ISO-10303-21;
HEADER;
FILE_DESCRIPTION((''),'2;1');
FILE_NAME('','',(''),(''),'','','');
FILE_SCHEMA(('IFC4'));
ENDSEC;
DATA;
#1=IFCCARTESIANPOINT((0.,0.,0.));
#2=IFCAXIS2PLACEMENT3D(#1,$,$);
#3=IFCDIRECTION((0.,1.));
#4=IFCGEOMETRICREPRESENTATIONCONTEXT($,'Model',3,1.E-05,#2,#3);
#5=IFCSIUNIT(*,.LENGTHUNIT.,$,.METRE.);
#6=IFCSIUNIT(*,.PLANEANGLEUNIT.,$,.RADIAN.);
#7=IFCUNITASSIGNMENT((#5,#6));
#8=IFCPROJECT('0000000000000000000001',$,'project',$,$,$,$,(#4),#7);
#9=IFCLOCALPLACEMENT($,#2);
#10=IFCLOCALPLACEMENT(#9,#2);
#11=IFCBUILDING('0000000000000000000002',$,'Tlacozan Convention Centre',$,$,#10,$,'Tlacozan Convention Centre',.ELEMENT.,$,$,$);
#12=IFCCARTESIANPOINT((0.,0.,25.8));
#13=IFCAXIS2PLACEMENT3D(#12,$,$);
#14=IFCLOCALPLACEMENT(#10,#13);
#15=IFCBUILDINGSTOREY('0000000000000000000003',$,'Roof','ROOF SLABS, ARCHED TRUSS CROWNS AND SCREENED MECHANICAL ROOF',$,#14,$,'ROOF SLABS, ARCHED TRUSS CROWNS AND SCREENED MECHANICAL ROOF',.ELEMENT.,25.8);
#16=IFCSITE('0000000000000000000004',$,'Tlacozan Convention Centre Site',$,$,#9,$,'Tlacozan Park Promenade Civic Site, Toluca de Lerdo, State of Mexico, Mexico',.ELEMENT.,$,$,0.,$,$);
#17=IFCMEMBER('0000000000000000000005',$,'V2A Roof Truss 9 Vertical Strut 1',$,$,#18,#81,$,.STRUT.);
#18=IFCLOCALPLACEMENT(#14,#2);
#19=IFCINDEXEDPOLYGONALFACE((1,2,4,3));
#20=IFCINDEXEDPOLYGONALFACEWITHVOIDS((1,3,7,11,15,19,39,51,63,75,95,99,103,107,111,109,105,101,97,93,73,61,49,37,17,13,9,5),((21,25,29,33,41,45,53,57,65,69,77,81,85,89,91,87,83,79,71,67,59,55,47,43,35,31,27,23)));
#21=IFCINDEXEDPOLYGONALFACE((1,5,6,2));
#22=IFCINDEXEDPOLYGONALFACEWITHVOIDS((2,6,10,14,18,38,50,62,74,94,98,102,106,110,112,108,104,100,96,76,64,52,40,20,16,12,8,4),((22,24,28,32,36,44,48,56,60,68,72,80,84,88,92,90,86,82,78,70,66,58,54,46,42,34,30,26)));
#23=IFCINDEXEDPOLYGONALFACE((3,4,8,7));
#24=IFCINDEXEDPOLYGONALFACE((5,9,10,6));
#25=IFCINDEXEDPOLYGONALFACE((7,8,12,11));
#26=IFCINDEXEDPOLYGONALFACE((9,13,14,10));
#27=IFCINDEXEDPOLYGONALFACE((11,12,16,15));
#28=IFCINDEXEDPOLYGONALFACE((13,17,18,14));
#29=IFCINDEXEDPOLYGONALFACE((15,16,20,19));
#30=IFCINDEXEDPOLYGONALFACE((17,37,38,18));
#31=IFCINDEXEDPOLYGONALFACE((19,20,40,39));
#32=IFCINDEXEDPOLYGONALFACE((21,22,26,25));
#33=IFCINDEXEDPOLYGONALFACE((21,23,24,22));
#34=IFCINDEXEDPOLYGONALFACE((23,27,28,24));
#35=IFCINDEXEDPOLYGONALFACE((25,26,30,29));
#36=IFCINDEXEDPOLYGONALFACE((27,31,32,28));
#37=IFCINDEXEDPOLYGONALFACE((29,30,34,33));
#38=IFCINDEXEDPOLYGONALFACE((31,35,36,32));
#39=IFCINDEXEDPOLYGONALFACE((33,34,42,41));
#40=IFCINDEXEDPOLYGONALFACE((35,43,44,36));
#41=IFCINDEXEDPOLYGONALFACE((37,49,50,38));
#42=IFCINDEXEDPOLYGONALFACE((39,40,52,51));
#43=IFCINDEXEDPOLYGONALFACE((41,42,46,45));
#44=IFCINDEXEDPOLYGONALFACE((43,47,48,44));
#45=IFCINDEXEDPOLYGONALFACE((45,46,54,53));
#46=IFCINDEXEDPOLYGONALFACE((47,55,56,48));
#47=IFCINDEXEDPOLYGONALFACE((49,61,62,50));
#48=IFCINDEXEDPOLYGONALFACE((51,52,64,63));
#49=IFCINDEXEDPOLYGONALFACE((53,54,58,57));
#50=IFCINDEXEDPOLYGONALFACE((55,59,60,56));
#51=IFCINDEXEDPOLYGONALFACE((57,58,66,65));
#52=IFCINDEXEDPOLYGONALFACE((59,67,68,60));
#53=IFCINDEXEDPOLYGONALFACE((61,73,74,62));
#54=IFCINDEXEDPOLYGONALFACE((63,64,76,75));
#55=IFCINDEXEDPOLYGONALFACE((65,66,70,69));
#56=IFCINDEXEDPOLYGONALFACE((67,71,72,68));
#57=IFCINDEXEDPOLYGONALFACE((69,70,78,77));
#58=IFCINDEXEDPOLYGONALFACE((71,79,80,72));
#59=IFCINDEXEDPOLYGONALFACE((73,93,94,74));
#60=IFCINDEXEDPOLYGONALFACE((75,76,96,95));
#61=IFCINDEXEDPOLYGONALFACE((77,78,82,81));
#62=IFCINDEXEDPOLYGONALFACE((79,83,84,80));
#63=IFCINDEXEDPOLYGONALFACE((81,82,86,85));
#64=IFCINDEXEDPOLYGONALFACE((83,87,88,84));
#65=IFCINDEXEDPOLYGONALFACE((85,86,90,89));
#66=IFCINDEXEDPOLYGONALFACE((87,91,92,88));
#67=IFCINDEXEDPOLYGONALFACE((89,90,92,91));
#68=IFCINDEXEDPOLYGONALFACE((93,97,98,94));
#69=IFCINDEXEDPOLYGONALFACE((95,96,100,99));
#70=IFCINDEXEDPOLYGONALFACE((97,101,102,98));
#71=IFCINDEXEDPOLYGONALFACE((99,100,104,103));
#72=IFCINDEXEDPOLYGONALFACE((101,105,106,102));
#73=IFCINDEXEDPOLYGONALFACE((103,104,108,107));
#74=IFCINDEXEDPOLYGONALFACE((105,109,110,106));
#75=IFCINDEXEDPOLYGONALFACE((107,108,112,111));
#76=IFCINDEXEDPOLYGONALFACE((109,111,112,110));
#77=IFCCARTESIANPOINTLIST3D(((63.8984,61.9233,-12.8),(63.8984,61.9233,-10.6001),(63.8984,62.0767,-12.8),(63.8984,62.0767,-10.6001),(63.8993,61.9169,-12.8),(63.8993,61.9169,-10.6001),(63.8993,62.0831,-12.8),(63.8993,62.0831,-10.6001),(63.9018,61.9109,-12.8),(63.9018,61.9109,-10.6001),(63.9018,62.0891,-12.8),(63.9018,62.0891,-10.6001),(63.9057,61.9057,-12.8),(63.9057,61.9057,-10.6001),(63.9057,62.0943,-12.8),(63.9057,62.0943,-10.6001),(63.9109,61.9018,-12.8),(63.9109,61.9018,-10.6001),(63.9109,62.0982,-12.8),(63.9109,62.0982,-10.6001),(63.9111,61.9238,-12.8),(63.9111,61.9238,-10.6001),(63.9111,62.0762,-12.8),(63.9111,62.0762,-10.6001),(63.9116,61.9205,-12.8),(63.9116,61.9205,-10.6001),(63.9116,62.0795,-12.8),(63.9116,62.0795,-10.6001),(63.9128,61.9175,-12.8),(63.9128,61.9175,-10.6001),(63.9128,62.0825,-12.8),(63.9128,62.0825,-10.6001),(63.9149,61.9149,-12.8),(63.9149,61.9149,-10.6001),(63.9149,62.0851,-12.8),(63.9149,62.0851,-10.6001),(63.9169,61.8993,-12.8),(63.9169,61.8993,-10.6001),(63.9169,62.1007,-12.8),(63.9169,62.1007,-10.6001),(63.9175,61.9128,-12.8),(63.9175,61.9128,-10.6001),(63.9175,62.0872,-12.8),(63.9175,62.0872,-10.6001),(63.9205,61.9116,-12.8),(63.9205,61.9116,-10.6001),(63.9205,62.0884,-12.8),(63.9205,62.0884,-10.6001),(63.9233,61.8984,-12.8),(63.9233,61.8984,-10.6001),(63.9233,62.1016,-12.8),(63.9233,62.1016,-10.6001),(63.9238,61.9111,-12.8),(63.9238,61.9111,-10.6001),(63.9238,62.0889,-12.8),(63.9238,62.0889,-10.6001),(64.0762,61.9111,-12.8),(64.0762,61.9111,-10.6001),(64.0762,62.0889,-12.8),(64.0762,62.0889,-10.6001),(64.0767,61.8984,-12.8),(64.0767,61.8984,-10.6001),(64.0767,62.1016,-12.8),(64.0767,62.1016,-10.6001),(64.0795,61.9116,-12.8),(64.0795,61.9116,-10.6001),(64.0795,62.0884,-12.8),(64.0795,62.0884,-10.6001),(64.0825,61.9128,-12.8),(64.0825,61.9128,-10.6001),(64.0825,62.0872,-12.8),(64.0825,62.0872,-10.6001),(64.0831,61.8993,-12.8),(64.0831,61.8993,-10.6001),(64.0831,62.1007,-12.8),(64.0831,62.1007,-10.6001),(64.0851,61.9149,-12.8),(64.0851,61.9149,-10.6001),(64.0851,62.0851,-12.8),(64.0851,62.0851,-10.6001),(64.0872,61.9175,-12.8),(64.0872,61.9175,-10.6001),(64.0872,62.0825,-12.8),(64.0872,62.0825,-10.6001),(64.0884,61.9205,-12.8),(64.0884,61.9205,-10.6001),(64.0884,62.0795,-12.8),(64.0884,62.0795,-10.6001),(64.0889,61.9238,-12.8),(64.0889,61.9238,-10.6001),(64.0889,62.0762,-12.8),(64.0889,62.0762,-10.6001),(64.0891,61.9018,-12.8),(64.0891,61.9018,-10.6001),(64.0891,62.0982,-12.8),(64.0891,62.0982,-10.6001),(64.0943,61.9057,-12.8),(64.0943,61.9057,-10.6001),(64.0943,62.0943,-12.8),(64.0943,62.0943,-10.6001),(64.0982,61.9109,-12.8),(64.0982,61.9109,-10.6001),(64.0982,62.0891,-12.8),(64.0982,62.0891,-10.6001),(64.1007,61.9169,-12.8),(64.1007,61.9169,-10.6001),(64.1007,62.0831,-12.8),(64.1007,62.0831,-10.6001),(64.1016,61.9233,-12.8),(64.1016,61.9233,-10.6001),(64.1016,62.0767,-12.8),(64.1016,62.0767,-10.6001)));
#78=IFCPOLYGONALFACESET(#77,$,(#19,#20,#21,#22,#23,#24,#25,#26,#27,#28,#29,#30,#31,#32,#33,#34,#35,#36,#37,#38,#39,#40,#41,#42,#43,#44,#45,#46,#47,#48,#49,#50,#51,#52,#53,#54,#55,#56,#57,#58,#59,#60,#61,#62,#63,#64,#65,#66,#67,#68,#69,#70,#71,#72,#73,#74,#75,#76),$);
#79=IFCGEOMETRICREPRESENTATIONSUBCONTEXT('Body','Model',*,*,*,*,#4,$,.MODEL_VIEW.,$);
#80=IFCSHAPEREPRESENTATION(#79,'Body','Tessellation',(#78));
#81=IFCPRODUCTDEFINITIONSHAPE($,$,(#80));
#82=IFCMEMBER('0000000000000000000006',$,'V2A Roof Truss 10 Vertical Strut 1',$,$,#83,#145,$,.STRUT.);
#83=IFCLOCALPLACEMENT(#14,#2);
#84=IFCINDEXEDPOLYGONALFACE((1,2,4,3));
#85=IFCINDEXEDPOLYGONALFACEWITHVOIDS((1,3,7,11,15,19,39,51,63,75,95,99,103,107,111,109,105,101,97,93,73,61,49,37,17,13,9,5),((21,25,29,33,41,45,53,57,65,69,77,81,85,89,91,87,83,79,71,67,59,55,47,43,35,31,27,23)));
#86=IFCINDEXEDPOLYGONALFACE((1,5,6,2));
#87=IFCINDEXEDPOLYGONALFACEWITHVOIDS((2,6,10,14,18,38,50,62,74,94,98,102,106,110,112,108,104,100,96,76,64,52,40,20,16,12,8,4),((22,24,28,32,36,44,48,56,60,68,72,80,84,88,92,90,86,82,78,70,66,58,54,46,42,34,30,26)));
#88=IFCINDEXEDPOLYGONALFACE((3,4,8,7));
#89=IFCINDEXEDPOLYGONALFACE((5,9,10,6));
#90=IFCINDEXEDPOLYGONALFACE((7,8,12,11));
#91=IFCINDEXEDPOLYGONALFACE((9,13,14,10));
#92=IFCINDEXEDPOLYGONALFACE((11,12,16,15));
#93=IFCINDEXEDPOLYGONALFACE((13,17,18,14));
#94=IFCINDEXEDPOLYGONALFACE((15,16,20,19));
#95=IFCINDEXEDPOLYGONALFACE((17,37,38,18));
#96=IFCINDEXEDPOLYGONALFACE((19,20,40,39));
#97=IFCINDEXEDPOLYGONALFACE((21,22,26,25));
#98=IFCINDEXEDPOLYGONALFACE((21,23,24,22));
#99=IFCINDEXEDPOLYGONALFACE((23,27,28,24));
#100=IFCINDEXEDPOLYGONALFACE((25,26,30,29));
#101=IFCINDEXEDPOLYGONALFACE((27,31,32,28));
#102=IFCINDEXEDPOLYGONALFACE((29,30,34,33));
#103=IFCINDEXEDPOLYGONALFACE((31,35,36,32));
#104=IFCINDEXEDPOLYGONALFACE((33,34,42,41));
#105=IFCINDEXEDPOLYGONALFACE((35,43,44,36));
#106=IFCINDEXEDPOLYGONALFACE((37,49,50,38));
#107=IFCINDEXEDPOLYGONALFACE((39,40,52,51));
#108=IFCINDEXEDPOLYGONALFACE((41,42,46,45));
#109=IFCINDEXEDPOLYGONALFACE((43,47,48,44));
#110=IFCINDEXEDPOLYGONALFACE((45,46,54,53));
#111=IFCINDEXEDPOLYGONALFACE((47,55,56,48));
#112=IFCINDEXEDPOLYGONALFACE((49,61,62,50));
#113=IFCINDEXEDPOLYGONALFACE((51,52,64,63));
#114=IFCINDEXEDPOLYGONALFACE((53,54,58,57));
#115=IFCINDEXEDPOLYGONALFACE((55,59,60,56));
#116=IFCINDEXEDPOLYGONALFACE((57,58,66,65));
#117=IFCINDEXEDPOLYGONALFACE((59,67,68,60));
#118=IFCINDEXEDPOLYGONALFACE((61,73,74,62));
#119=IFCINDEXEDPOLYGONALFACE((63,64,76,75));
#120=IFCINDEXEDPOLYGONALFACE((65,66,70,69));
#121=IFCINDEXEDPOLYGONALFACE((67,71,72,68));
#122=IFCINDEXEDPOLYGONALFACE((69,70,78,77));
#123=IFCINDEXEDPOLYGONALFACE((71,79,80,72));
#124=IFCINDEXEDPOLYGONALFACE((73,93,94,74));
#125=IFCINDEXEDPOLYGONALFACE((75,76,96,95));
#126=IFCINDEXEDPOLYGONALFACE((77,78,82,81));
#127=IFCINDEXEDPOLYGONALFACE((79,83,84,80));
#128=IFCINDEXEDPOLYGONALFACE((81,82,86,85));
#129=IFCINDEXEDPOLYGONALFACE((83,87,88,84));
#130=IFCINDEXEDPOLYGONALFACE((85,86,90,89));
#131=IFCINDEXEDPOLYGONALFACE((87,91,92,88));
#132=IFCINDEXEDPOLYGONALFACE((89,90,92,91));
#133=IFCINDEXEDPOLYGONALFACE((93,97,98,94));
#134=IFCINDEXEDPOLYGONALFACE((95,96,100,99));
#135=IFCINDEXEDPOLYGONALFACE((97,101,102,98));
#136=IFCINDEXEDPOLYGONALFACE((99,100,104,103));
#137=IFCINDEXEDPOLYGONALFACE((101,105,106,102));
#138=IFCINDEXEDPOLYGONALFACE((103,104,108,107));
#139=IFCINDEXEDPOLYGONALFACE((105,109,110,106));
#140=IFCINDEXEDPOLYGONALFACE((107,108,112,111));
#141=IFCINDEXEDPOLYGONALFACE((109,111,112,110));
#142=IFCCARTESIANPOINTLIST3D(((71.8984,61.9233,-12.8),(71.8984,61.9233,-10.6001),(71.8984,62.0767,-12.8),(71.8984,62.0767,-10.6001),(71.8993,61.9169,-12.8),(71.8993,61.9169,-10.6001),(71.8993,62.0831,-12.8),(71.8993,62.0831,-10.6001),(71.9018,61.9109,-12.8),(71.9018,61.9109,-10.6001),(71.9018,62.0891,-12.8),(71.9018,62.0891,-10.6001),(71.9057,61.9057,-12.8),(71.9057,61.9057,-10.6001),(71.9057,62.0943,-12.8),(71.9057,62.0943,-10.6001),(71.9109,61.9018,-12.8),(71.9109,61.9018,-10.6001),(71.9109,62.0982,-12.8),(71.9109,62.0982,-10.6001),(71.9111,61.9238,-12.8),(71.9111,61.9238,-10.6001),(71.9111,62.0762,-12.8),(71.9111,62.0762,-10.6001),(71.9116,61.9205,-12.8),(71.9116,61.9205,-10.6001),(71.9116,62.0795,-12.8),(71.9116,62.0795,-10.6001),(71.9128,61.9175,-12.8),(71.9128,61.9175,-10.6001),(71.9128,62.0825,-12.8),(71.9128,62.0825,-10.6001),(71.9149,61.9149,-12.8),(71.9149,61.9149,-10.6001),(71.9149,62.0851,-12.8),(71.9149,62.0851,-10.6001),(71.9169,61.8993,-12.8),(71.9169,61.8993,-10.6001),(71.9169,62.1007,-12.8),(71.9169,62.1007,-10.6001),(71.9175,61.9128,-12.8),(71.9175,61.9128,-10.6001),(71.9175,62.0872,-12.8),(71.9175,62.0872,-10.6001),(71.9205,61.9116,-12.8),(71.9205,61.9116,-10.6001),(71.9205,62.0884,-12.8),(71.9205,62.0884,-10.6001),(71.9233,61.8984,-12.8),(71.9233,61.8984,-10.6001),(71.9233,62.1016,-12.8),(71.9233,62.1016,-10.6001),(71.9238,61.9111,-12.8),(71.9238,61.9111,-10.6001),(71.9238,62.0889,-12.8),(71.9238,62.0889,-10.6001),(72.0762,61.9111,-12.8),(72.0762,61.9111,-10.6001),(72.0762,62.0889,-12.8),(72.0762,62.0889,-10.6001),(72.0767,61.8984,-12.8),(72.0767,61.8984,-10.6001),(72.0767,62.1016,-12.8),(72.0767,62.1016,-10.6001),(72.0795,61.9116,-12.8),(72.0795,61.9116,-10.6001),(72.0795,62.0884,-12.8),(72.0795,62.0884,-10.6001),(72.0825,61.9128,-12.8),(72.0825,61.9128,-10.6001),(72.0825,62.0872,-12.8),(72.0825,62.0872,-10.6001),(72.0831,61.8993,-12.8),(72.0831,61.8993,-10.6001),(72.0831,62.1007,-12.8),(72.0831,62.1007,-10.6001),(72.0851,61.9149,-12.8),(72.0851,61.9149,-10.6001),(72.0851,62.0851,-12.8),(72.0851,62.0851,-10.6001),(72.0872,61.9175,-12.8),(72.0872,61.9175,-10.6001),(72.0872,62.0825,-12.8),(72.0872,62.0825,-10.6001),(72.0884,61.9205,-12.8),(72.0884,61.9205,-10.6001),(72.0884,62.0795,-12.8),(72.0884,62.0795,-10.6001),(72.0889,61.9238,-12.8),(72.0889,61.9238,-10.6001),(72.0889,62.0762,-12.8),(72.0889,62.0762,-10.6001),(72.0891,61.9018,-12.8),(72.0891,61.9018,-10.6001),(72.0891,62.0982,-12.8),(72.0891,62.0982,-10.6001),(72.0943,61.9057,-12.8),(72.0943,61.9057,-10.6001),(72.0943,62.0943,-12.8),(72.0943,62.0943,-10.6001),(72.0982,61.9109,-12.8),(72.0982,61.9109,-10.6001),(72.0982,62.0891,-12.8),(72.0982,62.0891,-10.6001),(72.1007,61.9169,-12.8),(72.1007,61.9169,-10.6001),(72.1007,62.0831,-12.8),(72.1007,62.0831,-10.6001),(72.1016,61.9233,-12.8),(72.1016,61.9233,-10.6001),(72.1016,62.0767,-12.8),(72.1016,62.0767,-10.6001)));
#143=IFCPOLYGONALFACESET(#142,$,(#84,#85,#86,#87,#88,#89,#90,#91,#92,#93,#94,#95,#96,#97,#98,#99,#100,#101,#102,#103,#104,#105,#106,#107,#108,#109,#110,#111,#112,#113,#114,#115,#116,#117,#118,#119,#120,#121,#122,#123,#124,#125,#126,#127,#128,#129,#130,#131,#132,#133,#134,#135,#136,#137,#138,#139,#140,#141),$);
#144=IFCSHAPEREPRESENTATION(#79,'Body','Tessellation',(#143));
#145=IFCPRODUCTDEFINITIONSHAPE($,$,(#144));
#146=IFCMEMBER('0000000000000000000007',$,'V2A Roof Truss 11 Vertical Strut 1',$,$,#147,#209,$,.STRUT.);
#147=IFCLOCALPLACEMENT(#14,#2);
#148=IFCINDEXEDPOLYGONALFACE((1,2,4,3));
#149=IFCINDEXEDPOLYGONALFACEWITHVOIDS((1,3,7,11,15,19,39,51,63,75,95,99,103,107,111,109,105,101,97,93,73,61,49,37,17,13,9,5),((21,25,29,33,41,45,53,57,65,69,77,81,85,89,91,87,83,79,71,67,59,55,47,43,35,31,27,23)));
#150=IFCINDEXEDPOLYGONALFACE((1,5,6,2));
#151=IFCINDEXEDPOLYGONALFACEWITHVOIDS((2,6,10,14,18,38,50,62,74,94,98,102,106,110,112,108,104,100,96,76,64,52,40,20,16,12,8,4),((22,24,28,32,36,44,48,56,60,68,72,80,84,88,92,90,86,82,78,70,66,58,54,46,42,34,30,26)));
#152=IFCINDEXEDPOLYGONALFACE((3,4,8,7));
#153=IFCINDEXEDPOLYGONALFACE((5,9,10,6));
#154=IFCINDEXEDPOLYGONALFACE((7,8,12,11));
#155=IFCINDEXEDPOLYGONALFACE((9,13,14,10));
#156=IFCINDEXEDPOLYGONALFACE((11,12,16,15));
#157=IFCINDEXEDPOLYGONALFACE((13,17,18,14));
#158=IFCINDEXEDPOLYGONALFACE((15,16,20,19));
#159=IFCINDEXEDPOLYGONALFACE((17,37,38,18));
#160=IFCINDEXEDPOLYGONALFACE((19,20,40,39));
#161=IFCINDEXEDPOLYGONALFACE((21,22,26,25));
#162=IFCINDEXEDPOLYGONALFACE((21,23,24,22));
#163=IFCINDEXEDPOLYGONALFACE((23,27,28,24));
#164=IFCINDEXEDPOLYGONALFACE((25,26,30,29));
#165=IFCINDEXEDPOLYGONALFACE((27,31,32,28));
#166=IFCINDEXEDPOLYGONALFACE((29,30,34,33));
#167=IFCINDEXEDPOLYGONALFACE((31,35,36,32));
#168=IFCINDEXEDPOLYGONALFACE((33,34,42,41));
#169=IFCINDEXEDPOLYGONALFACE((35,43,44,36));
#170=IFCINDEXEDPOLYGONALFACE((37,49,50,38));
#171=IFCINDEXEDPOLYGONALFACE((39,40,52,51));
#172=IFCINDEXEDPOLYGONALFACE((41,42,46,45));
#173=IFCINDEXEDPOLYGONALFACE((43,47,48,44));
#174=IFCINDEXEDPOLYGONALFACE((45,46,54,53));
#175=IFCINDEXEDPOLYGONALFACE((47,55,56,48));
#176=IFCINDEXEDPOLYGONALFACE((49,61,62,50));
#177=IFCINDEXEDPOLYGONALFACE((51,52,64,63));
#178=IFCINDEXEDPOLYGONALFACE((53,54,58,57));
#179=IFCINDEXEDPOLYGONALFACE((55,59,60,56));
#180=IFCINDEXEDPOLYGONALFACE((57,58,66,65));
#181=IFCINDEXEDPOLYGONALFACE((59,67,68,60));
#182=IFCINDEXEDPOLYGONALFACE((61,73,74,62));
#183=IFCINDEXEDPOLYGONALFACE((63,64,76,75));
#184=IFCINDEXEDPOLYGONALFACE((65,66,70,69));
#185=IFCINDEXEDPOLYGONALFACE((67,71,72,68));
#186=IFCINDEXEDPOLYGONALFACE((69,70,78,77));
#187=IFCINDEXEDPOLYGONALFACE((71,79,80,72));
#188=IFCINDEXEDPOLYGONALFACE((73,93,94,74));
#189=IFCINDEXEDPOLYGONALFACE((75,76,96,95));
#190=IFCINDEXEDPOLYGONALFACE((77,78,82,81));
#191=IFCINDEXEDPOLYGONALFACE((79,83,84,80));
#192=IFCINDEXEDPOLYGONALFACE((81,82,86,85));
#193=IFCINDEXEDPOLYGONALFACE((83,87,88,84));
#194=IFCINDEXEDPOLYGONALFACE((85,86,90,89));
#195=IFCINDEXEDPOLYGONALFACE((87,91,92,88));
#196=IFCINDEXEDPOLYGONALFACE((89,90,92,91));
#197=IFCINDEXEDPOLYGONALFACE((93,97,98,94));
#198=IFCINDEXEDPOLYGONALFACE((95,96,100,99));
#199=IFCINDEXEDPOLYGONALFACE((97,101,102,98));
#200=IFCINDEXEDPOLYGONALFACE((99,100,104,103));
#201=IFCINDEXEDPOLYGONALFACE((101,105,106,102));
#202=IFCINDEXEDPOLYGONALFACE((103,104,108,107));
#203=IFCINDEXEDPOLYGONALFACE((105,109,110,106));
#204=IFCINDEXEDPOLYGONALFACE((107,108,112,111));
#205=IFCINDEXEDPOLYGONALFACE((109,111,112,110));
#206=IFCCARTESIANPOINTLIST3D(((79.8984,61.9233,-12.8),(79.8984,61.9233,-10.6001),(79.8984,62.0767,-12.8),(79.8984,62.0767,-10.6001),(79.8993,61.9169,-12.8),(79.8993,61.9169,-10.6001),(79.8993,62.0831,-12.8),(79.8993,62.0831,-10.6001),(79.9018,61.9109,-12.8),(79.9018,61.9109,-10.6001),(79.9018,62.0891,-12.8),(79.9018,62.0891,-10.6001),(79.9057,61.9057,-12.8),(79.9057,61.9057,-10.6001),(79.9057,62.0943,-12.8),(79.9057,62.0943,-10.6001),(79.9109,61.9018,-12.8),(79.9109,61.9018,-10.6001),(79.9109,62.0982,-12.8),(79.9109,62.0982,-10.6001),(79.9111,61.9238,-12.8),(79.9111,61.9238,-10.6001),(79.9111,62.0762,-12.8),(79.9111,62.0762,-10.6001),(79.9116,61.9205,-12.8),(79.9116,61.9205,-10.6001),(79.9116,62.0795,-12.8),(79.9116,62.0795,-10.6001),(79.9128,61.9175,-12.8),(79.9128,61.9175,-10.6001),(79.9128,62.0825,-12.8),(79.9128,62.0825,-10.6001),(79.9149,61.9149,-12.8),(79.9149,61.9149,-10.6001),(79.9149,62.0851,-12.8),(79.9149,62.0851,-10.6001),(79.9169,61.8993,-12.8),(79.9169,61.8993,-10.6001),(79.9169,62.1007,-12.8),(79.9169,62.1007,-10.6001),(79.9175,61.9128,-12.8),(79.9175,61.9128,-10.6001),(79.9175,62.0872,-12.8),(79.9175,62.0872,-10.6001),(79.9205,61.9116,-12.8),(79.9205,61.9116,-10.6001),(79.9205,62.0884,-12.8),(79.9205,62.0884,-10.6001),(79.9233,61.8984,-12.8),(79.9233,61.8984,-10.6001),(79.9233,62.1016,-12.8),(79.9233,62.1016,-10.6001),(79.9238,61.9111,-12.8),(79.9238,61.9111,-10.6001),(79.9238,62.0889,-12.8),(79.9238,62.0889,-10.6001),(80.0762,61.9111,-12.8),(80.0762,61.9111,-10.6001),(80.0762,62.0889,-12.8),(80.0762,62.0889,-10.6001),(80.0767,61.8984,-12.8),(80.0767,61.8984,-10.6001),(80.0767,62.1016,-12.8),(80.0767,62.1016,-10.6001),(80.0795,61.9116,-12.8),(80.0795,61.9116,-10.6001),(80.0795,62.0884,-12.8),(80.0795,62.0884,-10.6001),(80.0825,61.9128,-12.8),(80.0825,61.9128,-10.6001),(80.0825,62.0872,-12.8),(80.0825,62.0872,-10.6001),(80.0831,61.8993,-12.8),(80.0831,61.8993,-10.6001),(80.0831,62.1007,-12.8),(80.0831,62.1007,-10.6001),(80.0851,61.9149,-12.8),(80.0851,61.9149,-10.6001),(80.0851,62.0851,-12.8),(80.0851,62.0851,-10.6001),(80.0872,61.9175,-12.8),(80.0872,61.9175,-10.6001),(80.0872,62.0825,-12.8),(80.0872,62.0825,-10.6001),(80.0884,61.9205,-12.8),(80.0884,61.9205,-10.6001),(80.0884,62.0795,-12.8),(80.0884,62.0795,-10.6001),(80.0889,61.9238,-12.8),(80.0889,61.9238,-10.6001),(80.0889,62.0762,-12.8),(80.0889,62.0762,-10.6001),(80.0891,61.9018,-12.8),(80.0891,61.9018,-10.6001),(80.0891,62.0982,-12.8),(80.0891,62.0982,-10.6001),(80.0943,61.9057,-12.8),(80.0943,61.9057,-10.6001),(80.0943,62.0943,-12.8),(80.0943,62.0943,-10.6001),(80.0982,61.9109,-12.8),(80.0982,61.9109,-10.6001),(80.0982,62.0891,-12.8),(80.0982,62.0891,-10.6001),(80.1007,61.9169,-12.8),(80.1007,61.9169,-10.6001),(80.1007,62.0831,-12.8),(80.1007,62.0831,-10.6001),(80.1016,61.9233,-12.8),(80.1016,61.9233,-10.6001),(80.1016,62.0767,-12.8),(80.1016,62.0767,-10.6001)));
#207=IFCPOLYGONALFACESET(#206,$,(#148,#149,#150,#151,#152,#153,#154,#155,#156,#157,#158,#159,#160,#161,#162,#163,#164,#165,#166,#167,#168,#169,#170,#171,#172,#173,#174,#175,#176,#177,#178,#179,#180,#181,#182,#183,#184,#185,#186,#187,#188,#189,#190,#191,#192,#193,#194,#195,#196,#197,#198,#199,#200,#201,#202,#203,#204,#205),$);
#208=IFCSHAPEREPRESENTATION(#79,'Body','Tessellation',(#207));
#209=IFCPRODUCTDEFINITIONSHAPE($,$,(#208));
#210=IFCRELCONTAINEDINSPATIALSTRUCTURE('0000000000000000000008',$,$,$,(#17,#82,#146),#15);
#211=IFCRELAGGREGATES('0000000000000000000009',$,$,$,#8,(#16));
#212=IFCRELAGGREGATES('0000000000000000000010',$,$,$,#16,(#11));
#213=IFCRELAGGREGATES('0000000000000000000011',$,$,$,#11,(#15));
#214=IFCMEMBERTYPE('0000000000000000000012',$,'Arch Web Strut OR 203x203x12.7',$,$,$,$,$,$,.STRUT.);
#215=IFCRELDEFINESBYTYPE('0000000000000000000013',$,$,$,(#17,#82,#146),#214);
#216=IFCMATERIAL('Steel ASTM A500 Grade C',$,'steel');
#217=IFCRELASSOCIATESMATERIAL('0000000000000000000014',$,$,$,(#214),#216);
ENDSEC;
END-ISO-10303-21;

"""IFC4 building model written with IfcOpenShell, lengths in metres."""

from ifc_helpers import new_model, si_unit, direction, frame, origin, origin_2d, place, context, subcontext, project, spatial, hollow_rectangle, extrude, material, material_profile, profile_set, type_object, element, save


model = new_model("IFC4")

# Units and contexts
model_context = context("Model", 3, precision=1e-05, world=origin(), true_north=direction((0.0, 1.0)))
body_context = subcontext(model_context, "Body", "Model", "MODEL_VIEW")
ifc_project = project(units=[si_unit("LENGTHUNIT", "METRE"), si_unit("PLANEANGLEUNIT", "RADIAN")], contexts=[model_context])

# Site, building, storey
site_placement = place(None, origin())
site = spatial("IfcSite", under=ifc_project, at=site_placement, Name="Tlacozan Convention Centre Site", LongName="Tlacozan Park Promenade Civic Site, Toluca de Lerdo, State of Mexico, Mexico", CompositionType="ELEMENT", RefElevation=0.0)
building_placement = place(site_placement, origin())
building = spatial("IfcBuilding", under=site, at=building_placement, Name="Tlacozan Convention Centre", LongName="Tlacozan Convention Centre", CompositionType="ELEMENT")
storey_placement = place(building_placement, frame((0.0, 0.0, 25.8)))
storey = spatial("IfcBuildingStorey", under=building, at=storey_placement, Name="Roof", Description="ROOF SLABS, ARCHED TRUSS CROWNS AND SCREENED MECHANICAL ROOF", LongName="ROOF SLABS, ARCHED TRUSS CROWNS AND SCREENED MECHANICAL ROOF", CompositionType="ELEMENT", Elevation=25.8)

# Members
ifc_material_1 = material(Name="Steel ASTM A500 Grade C", Category="steel")
ifc_material_profile_1 = material_profile(ifc_material_1, hollow_rectangle(XDim=0.2031, YDim=0.2031, WallThickness=0.0127, InnerFilletRadius=0.0127, OuterFilletRadius=0.0249, at=origin_2d()), Name="OR 203x203x12.7")
ifc_profile_set_1 = profile_set([ifc_material_profile_1], Name="Steel ASTM A500 Grade C")
member_type_1 = type_object("IfcMemberType", Name="Arch Web Strut OR 203x203x12.7", PredefinedType="STRUT", material=ifc_profile_set_1)
for number, where, z_axis, x_axis, name in (
    (1, (64.0, 62.0, -12.8), (0.0, 0.0, 1.0), (1.0, 0.0, 0.0), "V2A Roof Truss 9 Vertical Strut 1"),
    (2, (72.0, 62.0, -12.8), (0.0, 0.0, 1.0), (1.0, 0.0, 0.0), "V2A Roof Truss 10 Vertical Strut 1"),
    (3, (80.0, 62.0, -12.8), (0.0, 0.0, 1.0), (1.0, 0.0, 0.0), "V2A Roof Truss 11 Vertical Strut 1"),
):
    element("IfcMember", number, at=place(storey_placement, frame(where, z_axis=z_axis, x_axis=x_axis)), inside=storey, type_object=member_type_1, Name=name, PredefinedType="STRUT", context=body_context, shape_type="SweptSolid", body=[
        extrude(hollow_rectangle(XDim=0.2031, YDim=0.2031, WallThickness=0.0127, InnerFilletRadius=0.0127, OuterFilletRadius=0.0249, at=origin_2d()), origin(), (0.0, 0.0, 1.0), 2.2),
    ])

save(model, "model.ifc")
